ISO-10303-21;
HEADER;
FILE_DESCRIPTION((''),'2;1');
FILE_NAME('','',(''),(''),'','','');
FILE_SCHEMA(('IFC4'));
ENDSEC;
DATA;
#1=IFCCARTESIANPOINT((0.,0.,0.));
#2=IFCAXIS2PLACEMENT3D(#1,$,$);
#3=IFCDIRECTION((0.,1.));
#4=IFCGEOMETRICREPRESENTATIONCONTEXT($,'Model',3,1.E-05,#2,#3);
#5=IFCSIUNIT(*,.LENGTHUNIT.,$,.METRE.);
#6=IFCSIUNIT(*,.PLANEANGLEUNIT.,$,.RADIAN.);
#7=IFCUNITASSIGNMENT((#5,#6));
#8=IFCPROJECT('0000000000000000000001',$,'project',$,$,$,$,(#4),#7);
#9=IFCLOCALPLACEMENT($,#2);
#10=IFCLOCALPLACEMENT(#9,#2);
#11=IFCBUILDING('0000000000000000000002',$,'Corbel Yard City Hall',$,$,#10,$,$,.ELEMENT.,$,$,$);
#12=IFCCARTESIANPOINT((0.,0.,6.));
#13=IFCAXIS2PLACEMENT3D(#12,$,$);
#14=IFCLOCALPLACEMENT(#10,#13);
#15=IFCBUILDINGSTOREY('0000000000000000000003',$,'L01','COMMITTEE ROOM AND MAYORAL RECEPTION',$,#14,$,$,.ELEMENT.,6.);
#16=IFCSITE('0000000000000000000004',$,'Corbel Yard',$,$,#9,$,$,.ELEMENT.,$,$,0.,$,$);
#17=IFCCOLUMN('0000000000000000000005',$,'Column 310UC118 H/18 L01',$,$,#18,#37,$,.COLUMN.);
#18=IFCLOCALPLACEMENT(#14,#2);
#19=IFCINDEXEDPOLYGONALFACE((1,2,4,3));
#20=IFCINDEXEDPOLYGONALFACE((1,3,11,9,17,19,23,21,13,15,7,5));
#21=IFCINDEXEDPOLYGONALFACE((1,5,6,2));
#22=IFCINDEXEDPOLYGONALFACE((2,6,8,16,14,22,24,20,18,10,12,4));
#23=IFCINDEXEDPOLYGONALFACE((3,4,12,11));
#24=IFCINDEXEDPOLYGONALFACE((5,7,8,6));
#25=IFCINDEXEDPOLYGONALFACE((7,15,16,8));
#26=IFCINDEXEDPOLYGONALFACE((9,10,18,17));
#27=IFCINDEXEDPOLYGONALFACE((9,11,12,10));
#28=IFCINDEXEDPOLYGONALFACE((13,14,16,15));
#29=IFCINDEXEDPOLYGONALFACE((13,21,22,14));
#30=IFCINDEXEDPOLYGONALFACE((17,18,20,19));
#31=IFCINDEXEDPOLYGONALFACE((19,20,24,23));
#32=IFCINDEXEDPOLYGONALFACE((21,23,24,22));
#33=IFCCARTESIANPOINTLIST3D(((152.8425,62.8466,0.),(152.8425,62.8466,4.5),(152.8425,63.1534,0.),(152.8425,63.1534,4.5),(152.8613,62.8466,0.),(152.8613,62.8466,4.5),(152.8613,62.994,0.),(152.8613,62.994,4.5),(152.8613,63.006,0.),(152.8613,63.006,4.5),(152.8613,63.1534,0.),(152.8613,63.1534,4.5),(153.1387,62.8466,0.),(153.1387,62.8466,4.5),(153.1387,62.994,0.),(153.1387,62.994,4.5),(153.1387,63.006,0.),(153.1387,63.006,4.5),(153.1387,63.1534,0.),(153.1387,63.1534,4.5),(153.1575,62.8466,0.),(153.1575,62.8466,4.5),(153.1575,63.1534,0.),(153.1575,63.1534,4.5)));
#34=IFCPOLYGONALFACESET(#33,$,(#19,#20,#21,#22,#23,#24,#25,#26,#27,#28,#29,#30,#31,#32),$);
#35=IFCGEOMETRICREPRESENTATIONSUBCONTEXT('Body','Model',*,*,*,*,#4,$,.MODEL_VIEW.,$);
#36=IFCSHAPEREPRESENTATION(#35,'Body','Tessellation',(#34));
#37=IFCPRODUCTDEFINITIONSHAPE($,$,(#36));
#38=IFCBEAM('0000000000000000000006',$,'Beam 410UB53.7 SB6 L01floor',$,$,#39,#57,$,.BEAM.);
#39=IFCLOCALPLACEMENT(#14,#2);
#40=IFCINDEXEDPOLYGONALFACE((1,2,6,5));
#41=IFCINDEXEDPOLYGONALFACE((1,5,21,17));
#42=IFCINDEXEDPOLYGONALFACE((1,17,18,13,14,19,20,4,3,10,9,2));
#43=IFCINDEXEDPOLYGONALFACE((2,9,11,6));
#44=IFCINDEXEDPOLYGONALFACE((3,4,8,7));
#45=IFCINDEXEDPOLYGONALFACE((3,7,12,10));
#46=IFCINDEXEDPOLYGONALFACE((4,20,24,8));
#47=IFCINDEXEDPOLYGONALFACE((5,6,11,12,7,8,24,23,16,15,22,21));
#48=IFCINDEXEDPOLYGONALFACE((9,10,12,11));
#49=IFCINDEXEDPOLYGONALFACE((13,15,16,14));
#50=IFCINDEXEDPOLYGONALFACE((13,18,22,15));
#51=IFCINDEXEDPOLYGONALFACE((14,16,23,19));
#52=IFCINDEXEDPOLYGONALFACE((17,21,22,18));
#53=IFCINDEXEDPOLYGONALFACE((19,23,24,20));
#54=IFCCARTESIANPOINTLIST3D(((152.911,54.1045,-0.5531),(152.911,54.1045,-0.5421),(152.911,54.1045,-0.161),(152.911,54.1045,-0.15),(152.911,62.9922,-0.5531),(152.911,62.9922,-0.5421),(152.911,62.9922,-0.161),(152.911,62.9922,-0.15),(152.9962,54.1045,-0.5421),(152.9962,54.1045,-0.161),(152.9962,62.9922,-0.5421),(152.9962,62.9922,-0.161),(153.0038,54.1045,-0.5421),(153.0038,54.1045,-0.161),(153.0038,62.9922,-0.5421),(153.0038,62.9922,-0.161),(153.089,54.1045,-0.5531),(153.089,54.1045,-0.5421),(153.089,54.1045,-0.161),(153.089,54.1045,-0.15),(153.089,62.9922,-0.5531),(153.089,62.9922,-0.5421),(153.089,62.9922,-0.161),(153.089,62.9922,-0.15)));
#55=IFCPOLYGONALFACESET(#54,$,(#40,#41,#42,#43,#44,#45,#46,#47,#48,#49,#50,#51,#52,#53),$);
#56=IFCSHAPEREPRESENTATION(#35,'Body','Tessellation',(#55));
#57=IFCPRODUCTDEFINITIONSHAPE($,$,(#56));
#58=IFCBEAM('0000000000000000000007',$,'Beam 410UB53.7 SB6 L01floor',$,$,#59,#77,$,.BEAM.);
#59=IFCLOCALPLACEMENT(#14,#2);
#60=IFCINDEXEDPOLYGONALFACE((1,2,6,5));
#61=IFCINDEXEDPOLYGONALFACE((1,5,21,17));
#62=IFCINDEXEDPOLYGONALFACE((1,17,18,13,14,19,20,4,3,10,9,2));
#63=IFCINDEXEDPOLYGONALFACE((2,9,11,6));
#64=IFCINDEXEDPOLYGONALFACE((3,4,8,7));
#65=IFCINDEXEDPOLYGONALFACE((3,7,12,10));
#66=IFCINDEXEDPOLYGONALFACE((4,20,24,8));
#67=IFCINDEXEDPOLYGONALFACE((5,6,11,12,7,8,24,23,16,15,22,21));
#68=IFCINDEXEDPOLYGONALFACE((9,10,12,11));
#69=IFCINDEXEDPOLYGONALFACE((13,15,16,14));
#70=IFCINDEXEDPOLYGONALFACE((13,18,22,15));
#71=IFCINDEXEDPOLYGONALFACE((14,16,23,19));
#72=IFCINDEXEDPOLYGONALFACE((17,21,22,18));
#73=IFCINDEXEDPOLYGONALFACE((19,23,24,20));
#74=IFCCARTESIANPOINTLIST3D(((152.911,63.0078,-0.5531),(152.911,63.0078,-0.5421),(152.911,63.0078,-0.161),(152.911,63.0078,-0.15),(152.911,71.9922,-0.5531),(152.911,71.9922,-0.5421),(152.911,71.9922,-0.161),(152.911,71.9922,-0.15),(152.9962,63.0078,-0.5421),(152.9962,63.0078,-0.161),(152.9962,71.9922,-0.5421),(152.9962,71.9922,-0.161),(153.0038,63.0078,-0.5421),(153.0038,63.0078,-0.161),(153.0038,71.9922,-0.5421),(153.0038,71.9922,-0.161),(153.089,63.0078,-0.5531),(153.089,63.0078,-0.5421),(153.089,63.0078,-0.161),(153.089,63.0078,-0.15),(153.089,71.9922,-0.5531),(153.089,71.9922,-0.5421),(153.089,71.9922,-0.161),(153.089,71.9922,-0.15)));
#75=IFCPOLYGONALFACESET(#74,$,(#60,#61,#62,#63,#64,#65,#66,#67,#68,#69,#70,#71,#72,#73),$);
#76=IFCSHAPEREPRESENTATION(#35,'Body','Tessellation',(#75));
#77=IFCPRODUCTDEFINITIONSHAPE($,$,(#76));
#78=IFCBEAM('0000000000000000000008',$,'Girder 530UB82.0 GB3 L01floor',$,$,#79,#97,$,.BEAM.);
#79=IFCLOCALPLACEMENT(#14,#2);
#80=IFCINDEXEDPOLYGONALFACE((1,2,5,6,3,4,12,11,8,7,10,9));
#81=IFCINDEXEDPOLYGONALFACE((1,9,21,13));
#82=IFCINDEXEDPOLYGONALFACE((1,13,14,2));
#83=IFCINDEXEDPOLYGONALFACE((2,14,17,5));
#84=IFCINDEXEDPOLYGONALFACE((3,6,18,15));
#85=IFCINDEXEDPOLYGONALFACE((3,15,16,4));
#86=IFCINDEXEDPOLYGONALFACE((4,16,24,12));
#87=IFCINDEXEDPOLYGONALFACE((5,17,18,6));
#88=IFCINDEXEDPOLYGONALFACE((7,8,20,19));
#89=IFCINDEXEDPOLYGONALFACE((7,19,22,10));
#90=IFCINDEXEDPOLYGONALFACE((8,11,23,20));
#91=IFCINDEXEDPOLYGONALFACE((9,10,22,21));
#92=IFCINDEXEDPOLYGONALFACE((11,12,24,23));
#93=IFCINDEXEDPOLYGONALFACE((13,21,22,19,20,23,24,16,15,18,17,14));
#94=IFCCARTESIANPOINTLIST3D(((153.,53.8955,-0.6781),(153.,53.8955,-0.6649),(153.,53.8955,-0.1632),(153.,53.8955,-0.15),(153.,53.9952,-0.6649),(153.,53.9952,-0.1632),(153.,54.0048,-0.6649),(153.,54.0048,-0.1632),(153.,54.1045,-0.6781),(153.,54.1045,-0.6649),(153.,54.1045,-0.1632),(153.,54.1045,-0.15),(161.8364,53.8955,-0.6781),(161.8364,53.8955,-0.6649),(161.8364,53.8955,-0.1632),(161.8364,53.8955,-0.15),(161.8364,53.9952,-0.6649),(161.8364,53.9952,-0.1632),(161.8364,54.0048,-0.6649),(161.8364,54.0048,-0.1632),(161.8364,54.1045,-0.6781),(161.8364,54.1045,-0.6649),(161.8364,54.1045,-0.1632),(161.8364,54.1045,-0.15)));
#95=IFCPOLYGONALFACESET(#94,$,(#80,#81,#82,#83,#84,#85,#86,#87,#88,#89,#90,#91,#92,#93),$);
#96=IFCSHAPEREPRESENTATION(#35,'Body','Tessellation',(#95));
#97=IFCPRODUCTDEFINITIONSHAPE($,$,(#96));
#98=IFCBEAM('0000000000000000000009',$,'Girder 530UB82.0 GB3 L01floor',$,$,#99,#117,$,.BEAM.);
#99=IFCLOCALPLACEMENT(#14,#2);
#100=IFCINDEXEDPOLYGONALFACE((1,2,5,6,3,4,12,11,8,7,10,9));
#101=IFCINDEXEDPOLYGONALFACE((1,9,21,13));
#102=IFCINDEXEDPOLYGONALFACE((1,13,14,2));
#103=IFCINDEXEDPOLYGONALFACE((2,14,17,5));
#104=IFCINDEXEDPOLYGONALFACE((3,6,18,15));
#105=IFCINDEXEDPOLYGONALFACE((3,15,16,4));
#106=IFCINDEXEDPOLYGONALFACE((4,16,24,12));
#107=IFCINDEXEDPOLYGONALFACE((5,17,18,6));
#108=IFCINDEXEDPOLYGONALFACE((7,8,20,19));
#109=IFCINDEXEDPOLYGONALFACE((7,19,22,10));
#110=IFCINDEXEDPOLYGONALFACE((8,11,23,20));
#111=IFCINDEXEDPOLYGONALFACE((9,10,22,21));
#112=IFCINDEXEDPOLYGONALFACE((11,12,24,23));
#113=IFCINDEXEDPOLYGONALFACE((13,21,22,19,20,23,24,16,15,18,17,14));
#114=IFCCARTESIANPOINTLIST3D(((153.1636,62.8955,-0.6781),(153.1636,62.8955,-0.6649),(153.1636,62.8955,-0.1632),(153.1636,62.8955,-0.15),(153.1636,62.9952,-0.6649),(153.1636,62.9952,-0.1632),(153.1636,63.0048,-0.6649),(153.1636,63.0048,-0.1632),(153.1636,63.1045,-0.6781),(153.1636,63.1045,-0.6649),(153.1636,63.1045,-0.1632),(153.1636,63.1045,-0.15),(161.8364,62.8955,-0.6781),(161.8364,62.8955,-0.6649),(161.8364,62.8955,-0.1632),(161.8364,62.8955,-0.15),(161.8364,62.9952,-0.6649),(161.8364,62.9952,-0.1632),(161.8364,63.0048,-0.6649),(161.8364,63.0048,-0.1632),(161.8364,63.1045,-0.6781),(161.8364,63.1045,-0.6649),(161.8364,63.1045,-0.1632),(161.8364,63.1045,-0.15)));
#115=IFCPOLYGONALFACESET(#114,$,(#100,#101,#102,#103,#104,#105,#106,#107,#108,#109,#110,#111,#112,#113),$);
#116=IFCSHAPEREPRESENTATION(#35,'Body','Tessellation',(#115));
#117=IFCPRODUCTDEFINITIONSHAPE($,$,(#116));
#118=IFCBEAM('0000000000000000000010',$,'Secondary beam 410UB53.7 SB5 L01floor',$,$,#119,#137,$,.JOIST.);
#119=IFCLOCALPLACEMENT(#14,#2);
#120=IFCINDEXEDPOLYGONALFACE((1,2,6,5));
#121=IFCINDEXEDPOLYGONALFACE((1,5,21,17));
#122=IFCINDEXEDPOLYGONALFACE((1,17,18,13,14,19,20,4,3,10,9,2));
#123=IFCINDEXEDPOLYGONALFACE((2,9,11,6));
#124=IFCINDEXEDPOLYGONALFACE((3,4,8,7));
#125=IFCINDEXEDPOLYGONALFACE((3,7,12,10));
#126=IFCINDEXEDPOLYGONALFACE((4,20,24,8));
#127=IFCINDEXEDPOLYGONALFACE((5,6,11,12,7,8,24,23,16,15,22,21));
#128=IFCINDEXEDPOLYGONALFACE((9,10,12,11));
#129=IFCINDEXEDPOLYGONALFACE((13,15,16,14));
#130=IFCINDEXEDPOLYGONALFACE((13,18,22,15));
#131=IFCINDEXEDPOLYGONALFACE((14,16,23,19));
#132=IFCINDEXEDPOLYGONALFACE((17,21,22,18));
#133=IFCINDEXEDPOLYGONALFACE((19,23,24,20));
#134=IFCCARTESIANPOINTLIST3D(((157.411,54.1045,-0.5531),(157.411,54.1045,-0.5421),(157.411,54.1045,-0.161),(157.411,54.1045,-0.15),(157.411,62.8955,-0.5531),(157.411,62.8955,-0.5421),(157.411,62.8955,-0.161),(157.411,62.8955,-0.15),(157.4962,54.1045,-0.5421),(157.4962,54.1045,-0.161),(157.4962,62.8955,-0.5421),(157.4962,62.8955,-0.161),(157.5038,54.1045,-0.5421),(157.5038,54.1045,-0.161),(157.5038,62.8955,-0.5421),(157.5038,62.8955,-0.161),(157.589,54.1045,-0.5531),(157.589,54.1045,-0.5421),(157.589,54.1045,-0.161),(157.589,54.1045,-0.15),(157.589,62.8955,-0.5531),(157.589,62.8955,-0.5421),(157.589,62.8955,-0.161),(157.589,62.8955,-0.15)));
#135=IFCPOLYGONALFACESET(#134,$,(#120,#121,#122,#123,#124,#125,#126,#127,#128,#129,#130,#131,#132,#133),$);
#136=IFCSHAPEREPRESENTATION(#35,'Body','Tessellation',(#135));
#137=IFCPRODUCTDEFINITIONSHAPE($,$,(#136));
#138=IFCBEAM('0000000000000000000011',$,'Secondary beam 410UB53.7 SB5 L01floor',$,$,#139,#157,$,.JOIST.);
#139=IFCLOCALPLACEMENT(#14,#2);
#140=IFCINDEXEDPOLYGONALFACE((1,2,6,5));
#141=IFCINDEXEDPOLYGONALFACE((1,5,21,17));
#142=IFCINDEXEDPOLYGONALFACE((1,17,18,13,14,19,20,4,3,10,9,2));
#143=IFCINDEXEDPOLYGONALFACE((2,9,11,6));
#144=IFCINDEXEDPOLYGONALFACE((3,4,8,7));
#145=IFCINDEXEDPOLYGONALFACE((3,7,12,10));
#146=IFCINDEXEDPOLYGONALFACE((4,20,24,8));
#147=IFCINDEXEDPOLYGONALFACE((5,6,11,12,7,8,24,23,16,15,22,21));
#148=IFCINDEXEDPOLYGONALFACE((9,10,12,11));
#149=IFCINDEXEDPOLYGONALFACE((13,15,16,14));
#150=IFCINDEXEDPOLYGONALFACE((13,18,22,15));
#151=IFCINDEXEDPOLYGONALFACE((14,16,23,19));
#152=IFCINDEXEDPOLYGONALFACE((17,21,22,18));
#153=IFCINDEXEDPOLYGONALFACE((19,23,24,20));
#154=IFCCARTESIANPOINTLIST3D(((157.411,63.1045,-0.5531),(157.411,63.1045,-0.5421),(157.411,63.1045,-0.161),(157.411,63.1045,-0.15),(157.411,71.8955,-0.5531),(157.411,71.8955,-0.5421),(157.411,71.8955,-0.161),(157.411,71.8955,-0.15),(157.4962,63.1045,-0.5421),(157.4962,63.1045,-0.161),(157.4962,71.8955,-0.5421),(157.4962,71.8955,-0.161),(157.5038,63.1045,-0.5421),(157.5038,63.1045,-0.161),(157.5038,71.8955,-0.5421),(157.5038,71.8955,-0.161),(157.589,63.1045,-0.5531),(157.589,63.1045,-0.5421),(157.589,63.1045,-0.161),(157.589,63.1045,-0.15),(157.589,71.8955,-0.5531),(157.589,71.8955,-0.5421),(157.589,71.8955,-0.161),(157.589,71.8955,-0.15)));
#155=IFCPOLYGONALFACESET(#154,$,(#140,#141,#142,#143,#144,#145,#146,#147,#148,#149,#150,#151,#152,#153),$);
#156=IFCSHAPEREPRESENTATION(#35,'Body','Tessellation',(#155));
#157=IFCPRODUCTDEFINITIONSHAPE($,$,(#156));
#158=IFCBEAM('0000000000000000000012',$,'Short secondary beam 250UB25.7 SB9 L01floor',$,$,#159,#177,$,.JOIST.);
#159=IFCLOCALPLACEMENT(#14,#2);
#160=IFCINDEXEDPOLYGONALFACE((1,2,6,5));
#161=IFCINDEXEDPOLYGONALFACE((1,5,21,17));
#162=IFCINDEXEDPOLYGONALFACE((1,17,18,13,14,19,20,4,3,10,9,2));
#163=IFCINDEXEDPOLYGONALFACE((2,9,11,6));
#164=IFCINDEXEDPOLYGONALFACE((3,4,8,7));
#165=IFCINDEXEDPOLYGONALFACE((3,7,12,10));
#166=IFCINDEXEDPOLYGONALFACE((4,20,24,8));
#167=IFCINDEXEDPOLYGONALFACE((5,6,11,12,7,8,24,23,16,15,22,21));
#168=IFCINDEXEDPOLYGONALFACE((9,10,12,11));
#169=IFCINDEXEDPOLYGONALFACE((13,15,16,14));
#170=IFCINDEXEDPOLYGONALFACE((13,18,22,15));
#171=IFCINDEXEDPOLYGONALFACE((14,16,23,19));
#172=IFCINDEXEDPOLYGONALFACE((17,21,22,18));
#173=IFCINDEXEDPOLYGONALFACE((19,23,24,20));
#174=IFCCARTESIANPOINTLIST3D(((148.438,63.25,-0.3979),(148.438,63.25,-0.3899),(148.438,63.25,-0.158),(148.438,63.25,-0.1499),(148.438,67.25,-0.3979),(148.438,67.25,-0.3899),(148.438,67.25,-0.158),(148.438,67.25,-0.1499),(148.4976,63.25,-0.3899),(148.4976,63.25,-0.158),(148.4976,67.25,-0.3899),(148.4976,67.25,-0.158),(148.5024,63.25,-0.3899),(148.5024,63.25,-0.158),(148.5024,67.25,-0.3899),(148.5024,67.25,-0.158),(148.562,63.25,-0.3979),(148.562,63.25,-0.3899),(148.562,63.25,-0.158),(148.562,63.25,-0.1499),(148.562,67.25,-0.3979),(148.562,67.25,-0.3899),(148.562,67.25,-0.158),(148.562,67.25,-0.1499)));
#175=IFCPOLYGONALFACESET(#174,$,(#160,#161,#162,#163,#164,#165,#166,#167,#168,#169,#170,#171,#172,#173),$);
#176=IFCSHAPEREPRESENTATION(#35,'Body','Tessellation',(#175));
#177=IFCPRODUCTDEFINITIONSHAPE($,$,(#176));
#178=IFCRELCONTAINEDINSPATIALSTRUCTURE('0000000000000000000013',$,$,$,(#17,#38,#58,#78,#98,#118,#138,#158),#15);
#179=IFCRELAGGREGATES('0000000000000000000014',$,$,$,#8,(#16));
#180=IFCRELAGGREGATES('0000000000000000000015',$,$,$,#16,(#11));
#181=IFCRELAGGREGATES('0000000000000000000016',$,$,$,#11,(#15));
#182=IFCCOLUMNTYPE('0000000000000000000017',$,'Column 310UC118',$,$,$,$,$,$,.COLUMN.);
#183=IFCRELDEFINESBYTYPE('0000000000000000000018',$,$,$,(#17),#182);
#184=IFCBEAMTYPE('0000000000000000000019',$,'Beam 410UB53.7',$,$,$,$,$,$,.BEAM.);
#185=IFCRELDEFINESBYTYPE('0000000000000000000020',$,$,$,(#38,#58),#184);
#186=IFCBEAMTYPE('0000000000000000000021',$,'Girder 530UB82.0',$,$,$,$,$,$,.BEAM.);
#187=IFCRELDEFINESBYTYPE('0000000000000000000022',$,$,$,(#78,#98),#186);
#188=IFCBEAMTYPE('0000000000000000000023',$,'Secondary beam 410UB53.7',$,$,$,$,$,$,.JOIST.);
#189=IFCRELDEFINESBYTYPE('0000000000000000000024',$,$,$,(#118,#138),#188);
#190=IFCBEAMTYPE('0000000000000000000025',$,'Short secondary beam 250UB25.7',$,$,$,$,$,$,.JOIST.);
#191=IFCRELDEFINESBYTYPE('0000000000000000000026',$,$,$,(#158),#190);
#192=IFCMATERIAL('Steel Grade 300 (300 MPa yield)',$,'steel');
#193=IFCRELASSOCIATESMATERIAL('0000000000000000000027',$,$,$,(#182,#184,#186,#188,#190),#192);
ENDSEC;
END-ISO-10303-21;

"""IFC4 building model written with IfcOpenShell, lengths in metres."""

from ifc_helpers import new_model, si_unit, direction, frame, origin, origin_2d, place, context, subcontext, project, spatial, i_section, extrude, material, material_profile, profile_set, type_object, element, save


model = new_model("IFC4")

# Units and contexts
model_context = context("Model", 3, precision=1e-05, world=origin(), true_north=direction((0.0, 1.0)))
body_context = subcontext(model_context, "Body", "Model", "MODEL_VIEW")
ifc_project = project(units=[si_unit("LENGTHUNIT", "METRE"), si_unit("PLANEANGLEUNIT", "RADIAN")], contexts=[model_context])

# Site, building, storey
site_placement = place(None, origin())
site = spatial("IfcSite", under=ifc_project, at=site_placement, Name="Corbel Yard", CompositionType="ELEMENT", RefElevation=0.0)
building_placement = place(site_placement, origin())
building = spatial("IfcBuilding", under=site, at=building_placement, Name="Corbel Yard City Hall", CompositionType="ELEMENT")
storey_placement = place(building_placement, frame((0.0, 0.0, 6.0)))
storey = spatial("IfcBuildingStorey", under=building, at=storey_placement, Name="L01", Description="COMMITTEE ROOM AND MAYORAL RECEPTION", CompositionType="ELEMENT", Elevation=6.0)

# Column
ifc_material_1 = material(Name="Steel Grade 300 (300 MPa yield)", Category="steel")
ifc_material_profile_1 = material_profile(ifc_material_1, i_section(OverallWidth=0.3069, OverallDepth=0.3149, WebThickness=0.012, FlangeThickness=0.0188, at=origin_2d()), Name="310UC118")
ifc_profile_set_1 = profile_set([ifc_material_profile_1], Name="Steel Grade 300 (300 MPa yield)")
column_type = type_object("IfcColumnType", Name="Column 310UC118", PredefinedType="COLUMN", material=ifc_profile_set_1)
column_placement = place(storey_placement, frame((153.0, 63.0, 0.0), z_axis=(0.0, 0.0, 1.0), x_axis=(0.0, 1.0, 0.0)))
element("IfcColumn", 1, at=column_placement, inside=storey, type_object=column_type, Name="Column 310UC118 H/18 L01", PredefinedType="COLUMN", context=body_context, shape_type="SweptSolid", body=[
    extrude(i_section(OverallWidth=0.3069, OverallDepth=0.3149, WebThickness=0.012, FlangeThickness=0.0188, at=origin_2d()), origin(), (0.0, 0.0, 1.0), 4.5),
])

# Beams
ifc_material_profile_2 = material_profile(ifc_material_1, i_section(OverallWidth=0.178, OverallDepth=0.4031, WebThickness=0.0076, FlangeThickness=0.011, at=origin_2d()), Name="410UB53.7")
ifc_profile_set_2 = profile_set([ifc_material_profile_2], Name="Steel Grade 300 (300 MPa yield)")
beam_type_1 = type_object("IfcBeamType", Name="Beam 410UB53.7", PredefinedType="BEAM", material=ifc_profile_set_2)
beam_1_placement = place(storey_placement, frame((153.0, 54.1045, -0.3516), z_axis=(0.0, 1.0, 0.0), x_axis=(-1.0, 0.0, 0.0)))
element("IfcBeam", 2, at=beam_1_placement, inside=storey, type_object=beam_type_1, Name="Beam 410UB53.7 SB6 L01floor", PredefinedType="BEAM", context=body_context, shape_type="SweptSolid", body=[
    extrude(i_section(OverallWidth=0.178, OverallDepth=0.4031, WebThickness=0.0076, FlangeThickness=0.011, at=origin_2d()), origin(), (0.0, 0.0, 1.0), 8.8877),
])
beam_2_placement = place(storey_placement, frame((153.0, 63.0078, -0.3516), z_axis=(0.0, 1.0, 0.0), x_axis=(-1.0, 0.0, 0.0)))
element("IfcBeam", 3, at=beam_2_placement, inside=storey, type_object=beam_type_1, Name="Beam 410UB53.7 SB6 L01floor", PredefinedType="BEAM", context=body_context, shape_type="SweptSolid", body=[
    extrude(i_section(OverallWidth=0.178, OverallDepth=0.4031, WebThickness=0.0076, FlangeThickness=0.011, at=origin_2d()), origin(), (0.0, 0.0, 1.0), 8.9844),
])
ifc_material_profile_3 = material_profile(ifc_material_1, i_section(OverallWidth=0.209, OverallDepth=0.5281, WebThickness=0.0095, FlangeThickness=0.0132, at=origin_2d()), Name="530UB82.0")
ifc_profile_set_3 = profile_set([ifc_material_profile_3], Name="Steel Grade 300 (300 MPa yield)")
beam_type_2 = type_object("IfcBeamType", Name="Girder 530UB82.0", PredefinedType="BEAM", material=ifc_profile_set_3)
beam_3_placement = place(storey_placement, frame((153.0, 54.0, -0.4141), z_axis=(1.0, 0.0, 0.0), x_axis=(0.0, 1.0, 0.0)))
element("IfcBeam", 4, at=beam_3_placement, inside=storey, type_object=beam_type_2, Name="Girder 530UB82.0 GB3 L01floor", PredefinedType="BEAM", context=body_context, shape_type="SweptSolid", body=[
    extrude(i_section(OverallWidth=0.209, OverallDepth=0.5281, WebThickness=0.0095, FlangeThickness=0.0132, at=origin_2d()), origin(), (0.0, 0.0, 1.0), 8.8364),
])
beam_4_placement = place(storey_placement, frame((153.1636, 63.0, -0.4141), z_axis=(1.0, 0.0, 0.0), x_axis=(0.0, 1.0, 0.0)))
element("IfcBeam", 5, at=beam_4_placement, inside=storey, type_object=beam_type_2, Name="Girder 530UB82.0 GB3 L01floor", PredefinedType="BEAM", context=body_context, shape_type="SweptSolid", body=[
    extrude(i_section(OverallWidth=0.209, OverallDepth=0.5281, WebThickness=0.0095, FlangeThickness=0.0132, at=origin_2d()), origin(), (0.0, 0.0, 1.0), 8.6729),
])
ifc_material_profile_4 = material_profile(ifc_material_1, i_section(OverallWidth=0.178, OverallDepth=0.4031, WebThickness=0.0076, FlangeThickness=0.011, at=origin_2d()), Name="410UB53.7")
ifc_profile_set_4 = profile_set([ifc_material_profile_4], Name="Steel Grade 300 (300 MPa yield)")
beam_type_3 = type_object("IfcBeamType", Name="Secondary beam 410UB53.7", PredefinedType="JOIST", material=ifc_profile_set_4)
for number, where, z_axis, x_axis, name in (
    (6, (157.5, 54.1045, -0.3516), (0.0, 1.0, 0.0), (-1.0, 0.0, 0.0), "Secondary beam 410UB53.7 SB5 L01floor"),
    (7, (157.5, 63.1045, -0.3516), (0.0, 1.0, 0.0), (-1.0, 0.0, 0.0), "Secondary beam 410UB53.7 SB5 L01floor"),
):
    element("IfcBeam", number, at=place(storey_placement, frame(where, z_axis=z_axis, x_axis=x_axis)), inside=storey, type_object=beam_type_3, Name=name, PredefinedType="JOIST", context=body_context, shape_type="SweptSolid", body=[
        extrude(i_section(OverallWidth=0.178, OverallDepth=0.4031, WebThickness=0.0076, FlangeThickness=0.011, at=origin_2d()), origin(), (0.0, 0.0, 1.0), 8.791),
    ])
ifc_material_profile_5 = material_profile(ifc_material_1, i_section(OverallWidth=0.124, OverallDepth=0.248, WebThickness=0.0049, FlangeThickness=0.0081, at=origin_2d()), Name="250UB25.7")
ifc_profile_set_5 = profile_set([ifc_material_profile_5], Name="Steel Grade 300 (300 MPa yield)")
beam_type_4 = type_object("IfcBeamType", Name="Short secondary beam 250UB25.7", PredefinedType="JOIST", material=ifc_profile_set_5)
for number, where, z_axis, x_axis, name in (
    (8, (148.5, 63.25, -0.2739), (0.0, 1.0, 0.0), (-1.0, 0.0, 0.0), "Short secondary beam 250UB25.7 SB9 L01floor"),
):
    element("IfcBeam", number, at=place(storey_placement, frame(where, z_axis=z_axis, x_axis=x_axis)), inside=storey, type_object=beam_type_4, Name=name, PredefinedType="JOIST", context=body_context, shape_type="SweptSolid", body=[
        extrude(i_section(OverallWidth=0.124, OverallDepth=0.248, WebThickness=0.0049, FlangeThickness=0.0081, at=origin_2d()), origin(), (0.0, 0.0, 1.0), 4.0),
    ])

save(model, "model.ifc")
